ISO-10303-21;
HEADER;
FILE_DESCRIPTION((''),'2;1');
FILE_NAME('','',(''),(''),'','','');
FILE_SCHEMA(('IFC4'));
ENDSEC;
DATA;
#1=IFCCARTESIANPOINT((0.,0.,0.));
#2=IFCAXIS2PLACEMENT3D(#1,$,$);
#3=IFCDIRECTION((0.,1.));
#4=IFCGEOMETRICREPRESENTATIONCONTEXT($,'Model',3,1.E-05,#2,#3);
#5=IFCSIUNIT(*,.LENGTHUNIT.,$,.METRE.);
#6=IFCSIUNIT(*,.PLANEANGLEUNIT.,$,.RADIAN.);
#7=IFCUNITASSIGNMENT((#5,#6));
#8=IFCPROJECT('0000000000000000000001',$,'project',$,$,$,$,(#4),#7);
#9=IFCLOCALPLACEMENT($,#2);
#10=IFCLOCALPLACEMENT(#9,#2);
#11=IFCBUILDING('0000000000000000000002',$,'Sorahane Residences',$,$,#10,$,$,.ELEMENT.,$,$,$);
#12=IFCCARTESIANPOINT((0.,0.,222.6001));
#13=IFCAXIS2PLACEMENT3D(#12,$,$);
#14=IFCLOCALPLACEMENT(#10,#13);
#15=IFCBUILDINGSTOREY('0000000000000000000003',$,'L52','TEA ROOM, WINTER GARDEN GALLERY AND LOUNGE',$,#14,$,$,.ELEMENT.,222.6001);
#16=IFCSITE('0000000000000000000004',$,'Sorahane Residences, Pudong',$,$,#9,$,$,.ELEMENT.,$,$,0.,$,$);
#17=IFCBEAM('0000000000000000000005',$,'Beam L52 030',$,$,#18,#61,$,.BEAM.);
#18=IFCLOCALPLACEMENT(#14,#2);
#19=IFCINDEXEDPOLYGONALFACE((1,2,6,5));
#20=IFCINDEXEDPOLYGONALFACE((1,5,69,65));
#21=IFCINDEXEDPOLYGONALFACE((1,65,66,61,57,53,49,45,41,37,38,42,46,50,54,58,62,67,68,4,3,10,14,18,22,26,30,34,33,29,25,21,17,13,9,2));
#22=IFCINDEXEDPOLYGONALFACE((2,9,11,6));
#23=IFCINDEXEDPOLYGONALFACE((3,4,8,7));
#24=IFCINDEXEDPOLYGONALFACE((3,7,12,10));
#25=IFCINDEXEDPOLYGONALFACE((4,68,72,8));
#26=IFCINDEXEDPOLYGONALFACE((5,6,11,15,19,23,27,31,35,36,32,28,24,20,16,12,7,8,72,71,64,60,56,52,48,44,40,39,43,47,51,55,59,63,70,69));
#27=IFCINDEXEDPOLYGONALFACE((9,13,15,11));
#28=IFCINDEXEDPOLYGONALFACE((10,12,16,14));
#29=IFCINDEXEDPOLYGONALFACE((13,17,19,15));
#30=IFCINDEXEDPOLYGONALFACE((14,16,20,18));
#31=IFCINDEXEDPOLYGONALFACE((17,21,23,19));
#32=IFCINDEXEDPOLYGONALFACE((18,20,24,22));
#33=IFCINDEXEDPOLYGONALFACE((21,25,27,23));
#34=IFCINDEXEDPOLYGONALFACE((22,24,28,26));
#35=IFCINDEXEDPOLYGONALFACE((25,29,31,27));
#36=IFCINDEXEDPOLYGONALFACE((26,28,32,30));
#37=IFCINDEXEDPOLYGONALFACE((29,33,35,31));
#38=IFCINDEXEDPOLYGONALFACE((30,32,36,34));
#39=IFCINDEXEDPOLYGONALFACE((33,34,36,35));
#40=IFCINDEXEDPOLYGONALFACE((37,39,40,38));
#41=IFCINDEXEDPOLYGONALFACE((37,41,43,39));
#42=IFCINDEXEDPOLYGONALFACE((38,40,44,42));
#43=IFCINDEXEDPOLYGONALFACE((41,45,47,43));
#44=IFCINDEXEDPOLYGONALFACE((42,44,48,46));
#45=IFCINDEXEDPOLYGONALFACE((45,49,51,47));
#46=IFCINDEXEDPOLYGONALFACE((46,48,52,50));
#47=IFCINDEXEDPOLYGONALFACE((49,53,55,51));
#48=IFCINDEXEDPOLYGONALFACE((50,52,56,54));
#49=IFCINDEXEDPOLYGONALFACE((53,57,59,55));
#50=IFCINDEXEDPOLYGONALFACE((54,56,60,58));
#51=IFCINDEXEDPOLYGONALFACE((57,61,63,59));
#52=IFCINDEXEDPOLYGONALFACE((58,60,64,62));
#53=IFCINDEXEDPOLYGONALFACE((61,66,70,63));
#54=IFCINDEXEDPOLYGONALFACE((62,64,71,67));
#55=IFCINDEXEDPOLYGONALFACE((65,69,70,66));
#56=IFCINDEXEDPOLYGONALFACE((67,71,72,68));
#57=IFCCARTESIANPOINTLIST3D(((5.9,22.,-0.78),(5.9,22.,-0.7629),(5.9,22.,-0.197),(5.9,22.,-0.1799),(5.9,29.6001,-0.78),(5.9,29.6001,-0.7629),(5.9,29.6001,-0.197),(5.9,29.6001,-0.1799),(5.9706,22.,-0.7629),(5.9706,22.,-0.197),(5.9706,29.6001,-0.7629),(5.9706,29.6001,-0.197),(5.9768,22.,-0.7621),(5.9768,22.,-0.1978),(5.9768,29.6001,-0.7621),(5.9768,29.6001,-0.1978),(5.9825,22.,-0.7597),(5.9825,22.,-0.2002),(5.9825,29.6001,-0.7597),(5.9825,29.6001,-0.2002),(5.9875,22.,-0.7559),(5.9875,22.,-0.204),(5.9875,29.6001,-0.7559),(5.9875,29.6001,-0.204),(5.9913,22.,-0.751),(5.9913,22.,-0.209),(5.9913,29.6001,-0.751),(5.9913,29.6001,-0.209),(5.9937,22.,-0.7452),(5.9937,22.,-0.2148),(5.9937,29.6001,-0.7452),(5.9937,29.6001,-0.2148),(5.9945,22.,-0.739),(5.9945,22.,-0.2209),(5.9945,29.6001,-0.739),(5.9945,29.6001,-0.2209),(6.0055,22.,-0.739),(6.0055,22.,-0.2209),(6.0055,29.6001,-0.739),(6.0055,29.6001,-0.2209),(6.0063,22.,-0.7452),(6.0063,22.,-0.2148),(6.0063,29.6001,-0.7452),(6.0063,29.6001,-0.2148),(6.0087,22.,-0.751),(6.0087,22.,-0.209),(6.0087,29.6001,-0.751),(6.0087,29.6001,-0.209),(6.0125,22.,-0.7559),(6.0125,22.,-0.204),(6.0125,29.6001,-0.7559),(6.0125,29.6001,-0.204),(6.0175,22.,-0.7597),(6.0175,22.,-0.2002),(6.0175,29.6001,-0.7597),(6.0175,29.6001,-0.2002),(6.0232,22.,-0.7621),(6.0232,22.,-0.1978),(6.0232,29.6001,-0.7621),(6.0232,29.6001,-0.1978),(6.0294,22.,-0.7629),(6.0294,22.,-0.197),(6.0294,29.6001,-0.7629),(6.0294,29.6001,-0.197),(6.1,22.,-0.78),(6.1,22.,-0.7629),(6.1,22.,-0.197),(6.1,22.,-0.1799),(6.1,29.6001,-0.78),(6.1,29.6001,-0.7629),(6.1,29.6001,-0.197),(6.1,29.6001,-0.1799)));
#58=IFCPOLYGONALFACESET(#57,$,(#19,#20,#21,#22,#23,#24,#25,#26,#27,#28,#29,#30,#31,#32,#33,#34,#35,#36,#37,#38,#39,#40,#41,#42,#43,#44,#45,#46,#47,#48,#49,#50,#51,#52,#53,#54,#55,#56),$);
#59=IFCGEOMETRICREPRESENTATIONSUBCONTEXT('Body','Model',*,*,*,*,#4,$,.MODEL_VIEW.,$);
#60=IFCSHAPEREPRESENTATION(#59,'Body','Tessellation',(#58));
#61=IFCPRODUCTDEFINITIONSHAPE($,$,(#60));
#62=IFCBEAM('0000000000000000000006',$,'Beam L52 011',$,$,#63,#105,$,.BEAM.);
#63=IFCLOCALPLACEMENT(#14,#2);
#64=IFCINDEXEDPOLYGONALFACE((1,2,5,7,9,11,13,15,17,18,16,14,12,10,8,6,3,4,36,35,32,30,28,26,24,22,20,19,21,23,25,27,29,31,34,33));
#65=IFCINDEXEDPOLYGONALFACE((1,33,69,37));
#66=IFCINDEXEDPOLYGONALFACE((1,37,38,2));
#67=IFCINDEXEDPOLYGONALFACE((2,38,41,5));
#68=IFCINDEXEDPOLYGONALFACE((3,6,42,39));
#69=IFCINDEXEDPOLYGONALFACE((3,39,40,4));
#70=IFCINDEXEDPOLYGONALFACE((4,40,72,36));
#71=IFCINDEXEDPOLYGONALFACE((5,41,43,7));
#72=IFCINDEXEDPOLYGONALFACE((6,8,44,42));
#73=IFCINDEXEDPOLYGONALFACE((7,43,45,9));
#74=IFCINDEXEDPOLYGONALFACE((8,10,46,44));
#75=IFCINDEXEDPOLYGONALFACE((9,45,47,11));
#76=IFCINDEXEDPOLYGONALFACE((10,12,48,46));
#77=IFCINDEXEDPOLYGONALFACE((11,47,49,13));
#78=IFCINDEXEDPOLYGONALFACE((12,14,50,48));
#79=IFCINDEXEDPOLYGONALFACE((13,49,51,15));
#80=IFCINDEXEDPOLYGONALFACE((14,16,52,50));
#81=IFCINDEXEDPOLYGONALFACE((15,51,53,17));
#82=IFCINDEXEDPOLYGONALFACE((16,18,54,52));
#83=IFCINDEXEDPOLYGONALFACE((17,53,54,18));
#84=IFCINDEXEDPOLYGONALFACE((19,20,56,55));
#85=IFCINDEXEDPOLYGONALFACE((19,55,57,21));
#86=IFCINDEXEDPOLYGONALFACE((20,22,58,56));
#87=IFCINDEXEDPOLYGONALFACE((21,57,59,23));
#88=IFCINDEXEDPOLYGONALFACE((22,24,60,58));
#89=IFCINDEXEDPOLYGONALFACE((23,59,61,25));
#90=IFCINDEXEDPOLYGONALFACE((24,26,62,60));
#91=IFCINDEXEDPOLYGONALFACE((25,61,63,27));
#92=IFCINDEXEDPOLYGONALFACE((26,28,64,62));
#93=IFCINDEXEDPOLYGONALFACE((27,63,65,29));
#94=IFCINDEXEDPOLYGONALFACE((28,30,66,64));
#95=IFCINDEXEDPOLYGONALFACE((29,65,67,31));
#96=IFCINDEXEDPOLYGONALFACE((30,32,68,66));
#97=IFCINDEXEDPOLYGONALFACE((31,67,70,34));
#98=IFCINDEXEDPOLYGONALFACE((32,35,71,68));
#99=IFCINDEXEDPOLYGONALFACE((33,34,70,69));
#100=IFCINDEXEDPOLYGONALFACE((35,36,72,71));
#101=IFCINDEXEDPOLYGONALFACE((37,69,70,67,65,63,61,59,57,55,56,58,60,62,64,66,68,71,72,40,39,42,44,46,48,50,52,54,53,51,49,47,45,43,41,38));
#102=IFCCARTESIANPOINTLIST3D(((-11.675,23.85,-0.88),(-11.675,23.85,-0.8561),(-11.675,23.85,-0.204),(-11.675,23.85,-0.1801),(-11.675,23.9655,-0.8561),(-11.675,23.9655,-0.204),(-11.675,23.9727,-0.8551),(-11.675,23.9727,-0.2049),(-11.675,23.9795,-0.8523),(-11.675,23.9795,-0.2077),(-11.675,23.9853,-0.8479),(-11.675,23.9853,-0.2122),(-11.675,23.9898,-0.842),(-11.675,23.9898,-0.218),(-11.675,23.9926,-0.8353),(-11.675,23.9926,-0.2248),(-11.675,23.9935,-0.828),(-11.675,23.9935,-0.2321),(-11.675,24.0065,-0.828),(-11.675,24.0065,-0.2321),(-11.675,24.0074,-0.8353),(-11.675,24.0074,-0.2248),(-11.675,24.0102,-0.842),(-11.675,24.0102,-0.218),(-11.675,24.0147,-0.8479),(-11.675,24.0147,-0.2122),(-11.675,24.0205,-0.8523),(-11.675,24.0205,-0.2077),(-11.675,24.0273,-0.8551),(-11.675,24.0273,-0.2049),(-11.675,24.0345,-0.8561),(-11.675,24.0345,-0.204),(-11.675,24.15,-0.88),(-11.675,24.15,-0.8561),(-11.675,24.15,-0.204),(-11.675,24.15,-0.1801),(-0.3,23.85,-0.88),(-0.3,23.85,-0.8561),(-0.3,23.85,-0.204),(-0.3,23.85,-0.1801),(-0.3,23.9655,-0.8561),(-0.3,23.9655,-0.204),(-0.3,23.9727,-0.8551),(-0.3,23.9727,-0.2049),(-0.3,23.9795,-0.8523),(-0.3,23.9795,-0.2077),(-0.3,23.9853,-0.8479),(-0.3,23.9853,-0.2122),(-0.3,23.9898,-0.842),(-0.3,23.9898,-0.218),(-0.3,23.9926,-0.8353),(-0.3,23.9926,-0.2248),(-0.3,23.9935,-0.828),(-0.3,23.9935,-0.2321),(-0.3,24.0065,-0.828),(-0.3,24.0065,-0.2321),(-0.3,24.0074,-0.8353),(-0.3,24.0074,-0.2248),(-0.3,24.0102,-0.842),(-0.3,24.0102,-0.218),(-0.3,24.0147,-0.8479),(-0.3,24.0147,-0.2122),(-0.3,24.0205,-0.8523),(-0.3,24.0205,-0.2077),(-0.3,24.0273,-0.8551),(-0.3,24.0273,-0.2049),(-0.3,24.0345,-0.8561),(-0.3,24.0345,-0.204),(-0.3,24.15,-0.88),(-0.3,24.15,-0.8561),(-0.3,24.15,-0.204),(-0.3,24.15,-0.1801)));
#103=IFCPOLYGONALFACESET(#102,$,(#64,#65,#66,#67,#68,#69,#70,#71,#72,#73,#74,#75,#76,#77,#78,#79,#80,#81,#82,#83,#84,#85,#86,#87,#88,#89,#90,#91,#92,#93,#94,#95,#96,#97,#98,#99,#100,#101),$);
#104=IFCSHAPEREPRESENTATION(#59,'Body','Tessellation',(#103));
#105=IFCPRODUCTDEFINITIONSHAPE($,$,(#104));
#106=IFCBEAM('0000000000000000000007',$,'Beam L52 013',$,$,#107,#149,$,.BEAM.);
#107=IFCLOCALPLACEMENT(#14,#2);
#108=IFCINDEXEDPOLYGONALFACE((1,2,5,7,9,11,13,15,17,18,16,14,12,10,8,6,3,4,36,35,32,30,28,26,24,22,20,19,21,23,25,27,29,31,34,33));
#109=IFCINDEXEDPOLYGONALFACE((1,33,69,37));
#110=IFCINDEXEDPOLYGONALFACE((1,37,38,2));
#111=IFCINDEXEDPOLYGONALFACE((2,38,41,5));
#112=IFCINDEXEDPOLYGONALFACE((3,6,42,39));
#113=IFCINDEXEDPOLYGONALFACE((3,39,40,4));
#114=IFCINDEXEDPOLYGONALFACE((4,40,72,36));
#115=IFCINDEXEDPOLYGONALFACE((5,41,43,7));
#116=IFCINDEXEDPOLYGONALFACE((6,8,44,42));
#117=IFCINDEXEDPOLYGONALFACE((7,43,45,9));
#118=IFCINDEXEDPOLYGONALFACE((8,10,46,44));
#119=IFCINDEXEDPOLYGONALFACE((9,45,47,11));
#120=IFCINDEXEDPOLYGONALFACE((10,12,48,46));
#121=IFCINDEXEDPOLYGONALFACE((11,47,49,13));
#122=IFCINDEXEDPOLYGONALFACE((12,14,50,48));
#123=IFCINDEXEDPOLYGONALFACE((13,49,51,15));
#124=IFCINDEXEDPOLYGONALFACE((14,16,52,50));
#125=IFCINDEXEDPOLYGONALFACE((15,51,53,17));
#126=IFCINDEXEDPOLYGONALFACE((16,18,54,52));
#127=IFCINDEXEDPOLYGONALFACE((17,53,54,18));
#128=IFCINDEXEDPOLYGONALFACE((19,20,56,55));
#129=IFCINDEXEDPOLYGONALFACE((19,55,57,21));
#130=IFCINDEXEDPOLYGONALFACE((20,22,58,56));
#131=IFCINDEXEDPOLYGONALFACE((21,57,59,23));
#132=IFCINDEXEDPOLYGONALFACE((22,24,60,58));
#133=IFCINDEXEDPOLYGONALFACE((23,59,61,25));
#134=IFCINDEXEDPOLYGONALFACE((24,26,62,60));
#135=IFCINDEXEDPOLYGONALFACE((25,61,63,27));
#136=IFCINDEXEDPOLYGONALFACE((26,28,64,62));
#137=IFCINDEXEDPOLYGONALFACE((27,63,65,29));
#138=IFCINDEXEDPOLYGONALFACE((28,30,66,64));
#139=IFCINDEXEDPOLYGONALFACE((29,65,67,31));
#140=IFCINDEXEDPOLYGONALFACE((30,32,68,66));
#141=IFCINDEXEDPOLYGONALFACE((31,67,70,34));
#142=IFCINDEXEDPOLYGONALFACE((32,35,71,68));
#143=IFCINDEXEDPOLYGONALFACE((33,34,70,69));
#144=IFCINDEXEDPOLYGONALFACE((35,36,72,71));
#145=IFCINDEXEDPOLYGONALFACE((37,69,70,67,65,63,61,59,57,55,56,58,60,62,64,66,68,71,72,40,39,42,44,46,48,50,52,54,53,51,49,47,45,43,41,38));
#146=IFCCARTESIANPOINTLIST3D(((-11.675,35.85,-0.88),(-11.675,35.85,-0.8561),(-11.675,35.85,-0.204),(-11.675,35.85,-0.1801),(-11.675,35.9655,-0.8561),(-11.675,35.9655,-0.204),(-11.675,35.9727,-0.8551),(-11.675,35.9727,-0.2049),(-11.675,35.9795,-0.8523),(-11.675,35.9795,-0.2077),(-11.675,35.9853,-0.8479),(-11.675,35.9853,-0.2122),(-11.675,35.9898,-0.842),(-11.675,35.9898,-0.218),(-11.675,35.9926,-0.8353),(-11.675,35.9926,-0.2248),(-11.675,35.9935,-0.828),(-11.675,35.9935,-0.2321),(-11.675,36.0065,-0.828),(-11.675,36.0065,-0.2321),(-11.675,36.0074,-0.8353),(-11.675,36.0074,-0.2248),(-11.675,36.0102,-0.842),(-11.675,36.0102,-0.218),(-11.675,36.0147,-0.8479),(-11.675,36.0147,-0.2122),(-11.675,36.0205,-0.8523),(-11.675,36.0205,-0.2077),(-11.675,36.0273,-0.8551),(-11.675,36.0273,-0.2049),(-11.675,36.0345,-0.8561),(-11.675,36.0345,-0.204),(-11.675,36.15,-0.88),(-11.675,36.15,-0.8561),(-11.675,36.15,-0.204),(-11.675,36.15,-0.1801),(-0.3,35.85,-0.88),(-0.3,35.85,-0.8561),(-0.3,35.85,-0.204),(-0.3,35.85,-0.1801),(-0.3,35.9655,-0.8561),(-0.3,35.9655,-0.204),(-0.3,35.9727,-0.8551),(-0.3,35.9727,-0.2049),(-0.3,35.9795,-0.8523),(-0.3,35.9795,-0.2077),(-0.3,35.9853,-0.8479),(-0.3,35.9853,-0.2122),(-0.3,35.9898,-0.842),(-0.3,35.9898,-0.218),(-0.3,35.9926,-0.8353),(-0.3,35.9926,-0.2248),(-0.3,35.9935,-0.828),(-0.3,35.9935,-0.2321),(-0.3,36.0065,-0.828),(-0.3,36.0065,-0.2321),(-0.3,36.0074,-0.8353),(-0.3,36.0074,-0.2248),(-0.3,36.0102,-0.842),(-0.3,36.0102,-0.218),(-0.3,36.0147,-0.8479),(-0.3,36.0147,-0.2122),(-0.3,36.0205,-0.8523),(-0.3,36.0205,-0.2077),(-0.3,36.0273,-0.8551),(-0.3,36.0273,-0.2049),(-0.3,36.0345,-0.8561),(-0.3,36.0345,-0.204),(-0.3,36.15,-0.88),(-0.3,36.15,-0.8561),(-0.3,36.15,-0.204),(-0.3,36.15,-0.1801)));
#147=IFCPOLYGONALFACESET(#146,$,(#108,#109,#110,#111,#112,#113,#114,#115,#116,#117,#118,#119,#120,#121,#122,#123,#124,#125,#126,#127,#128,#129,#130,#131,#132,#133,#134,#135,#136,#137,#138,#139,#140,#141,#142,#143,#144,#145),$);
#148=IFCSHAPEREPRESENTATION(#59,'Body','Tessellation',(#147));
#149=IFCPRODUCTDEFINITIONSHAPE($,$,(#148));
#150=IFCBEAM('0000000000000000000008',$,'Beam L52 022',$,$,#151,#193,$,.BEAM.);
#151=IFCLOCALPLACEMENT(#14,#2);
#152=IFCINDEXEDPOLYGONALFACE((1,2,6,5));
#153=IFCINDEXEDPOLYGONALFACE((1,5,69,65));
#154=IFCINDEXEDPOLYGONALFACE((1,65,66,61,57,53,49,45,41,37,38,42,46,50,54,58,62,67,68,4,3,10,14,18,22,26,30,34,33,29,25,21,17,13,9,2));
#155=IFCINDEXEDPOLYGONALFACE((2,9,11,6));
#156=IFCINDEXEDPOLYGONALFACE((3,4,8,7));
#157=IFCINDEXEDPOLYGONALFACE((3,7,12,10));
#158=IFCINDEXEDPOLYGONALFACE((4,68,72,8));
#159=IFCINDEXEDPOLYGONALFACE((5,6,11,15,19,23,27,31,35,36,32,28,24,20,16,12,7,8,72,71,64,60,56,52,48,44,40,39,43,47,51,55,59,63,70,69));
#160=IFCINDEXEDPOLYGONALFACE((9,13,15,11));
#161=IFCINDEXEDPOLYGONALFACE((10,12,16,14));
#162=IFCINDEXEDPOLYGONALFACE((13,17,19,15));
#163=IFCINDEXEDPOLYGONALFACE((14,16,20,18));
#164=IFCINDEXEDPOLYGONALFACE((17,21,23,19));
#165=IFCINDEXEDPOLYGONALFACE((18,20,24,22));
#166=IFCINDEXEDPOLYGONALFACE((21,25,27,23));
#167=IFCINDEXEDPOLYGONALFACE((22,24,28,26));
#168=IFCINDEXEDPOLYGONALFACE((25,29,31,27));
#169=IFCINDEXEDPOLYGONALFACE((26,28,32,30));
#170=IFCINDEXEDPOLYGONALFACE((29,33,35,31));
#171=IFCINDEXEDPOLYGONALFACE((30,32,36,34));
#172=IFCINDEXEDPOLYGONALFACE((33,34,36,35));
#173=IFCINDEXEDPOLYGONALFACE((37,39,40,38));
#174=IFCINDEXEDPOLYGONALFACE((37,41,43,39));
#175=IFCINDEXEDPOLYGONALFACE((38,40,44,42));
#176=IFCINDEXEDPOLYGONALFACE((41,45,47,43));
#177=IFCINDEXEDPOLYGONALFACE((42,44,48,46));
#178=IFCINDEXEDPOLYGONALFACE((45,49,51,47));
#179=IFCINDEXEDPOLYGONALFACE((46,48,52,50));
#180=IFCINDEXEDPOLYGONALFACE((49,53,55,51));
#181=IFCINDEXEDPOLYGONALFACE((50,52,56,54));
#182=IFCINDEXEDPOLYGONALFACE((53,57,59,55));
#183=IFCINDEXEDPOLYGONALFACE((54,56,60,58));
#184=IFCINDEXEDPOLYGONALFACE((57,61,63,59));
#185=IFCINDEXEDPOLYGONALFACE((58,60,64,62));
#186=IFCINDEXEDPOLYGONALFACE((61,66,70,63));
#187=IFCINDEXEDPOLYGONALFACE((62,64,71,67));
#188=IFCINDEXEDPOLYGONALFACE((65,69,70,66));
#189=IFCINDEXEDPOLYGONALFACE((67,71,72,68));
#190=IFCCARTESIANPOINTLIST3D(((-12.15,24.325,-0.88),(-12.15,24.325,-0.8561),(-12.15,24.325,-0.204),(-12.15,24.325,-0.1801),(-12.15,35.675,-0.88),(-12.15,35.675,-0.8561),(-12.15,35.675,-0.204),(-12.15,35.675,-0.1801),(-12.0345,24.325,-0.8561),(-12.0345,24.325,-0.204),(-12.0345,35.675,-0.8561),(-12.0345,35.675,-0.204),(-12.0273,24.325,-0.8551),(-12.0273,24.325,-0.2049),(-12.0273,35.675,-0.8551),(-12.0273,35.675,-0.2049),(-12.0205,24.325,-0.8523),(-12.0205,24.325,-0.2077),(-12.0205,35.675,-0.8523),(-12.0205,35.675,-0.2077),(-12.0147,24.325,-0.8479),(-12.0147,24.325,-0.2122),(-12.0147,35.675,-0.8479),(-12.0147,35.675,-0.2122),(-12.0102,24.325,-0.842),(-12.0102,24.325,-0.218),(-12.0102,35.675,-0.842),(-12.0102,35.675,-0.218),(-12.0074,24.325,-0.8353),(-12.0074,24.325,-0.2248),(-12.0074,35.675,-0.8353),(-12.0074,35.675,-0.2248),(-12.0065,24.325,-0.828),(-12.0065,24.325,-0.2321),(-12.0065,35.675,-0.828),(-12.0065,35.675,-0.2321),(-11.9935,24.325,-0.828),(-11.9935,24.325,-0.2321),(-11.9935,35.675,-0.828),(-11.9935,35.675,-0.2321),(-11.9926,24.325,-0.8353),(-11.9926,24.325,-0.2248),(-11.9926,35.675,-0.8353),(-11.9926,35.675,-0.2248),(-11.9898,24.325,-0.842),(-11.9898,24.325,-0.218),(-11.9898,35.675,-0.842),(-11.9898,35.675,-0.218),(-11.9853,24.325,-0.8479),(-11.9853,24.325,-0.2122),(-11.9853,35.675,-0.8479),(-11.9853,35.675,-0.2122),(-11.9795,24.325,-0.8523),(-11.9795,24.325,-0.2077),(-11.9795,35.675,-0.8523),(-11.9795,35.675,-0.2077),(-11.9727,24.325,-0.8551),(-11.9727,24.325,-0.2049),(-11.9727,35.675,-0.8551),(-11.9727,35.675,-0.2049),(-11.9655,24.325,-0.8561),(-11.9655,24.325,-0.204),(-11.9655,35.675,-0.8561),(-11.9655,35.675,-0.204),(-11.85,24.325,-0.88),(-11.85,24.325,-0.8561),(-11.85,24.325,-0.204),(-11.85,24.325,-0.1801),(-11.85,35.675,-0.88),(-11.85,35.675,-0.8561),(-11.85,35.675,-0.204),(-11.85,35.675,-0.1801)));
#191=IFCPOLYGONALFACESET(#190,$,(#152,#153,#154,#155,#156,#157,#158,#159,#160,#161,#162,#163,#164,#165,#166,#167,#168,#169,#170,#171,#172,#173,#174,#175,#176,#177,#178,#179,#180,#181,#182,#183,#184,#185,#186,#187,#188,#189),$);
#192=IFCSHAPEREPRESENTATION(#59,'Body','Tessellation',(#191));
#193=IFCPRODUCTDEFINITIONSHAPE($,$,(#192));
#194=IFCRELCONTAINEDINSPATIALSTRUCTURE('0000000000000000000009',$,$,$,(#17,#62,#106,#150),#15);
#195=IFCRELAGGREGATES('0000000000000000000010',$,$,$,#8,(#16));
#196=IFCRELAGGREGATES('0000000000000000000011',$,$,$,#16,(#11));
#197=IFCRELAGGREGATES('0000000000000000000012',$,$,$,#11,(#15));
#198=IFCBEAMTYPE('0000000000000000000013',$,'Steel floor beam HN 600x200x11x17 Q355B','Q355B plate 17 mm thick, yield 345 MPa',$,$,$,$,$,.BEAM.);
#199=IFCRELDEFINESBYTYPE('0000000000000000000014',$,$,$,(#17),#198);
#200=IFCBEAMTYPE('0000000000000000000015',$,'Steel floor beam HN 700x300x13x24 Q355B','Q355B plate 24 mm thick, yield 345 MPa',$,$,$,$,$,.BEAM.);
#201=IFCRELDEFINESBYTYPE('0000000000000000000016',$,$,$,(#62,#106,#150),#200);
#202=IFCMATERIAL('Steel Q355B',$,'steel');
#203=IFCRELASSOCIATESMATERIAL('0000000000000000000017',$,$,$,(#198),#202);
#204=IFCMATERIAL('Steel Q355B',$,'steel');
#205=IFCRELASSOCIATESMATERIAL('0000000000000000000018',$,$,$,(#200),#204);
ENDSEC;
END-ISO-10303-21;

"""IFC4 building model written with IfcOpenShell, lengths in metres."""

from ifc_helpers import new_model, si_unit, direction, frame, origin, origin_2d, place, context, subcontext, project, spatial, i_section, extrude, material, material_profile, profile_set, type_object, element, save


model = new_model("IFC4")

# Units and contexts
model_context = context("Model", 3, precision=1e-05, world=origin(), true_north=direction((0.0, 1.0)))
body_context = subcontext(model_context, "Body", "Model", "MODEL_VIEW")
ifc_project = project(units=[si_unit("LENGTHUNIT", "METRE"), si_unit("PLANEANGLEUNIT", "RADIAN")], contexts=[model_context])

# Site, building, storey
site_placement = place(None, origin())
site = spatial("IfcSite", under=ifc_project, at=site_placement, Name="Sorahane Residences, Pudong", CompositionType="ELEMENT", RefElevation=0.0)
building_placement = place(site_placement, origin())
building = spatial("IfcBuilding", under=site, at=building_placement, Name="Sorahane Residences", CompositionType="ELEMENT")
storey_placement = place(building_placement, frame((0.0, 0.0, 222.6001)))
storey = spatial("IfcBuildingStorey", under=building, at=storey_placement, Name="L52", Description="TEA ROOM, WINTER GARDEN GALLERY AND LOUNGE", CompositionType="ELEMENT", Elevation=222.6001)

# Beams
ifc_material_1 = material(Name="Steel Q355B", Category="steel")
ifc_material_profile_1 = material_profile(ifc_material_1, i_section(OverallWidth=0.2, OverallDepth=0.6001, WebThickness=0.011, FlangeThickness=0.0171, FilletRadius=0.0239, at=origin_2d()), Name="HN 600x200x11x17")
ifc_profile_set_1 = profile_set([ifc_material_profile_1], Name="Steel Q355B")
beam_type_1 = type_object("IfcBeamType", Name="Steel floor beam HN 600x200x11x17 Q355B", Description="Q355B plate 17 mm thick, yield 345 MPa", PredefinedType="BEAM", material=ifc_profile_set_1)
beam_1_placement = place(storey_placement, frame((6.0, 22.0, -0.48), z_axis=(0.0, 1.0, 0.0), x_axis=(-1.0, 0.0, 0.0)))
element("IfcBeam", 1, at=beam_1_placement, inside=storey, type_object=beam_type_1, Name="Beam L52 030", PredefinedType="BEAM", context=body_context, shape_type="SweptSolid", body=[
    extrude(i_section(OverallWidth=0.2, OverallDepth=0.6001, WebThickness=0.011, FlangeThickness=0.0171, FilletRadius=0.0239, at=origin_2d()), origin(), (0.0, 0.0, 1.0), 7.6001),
])
ifc_material_2 = material(Name="Steel Q355B", Category="steel")
ifc_material_profile_2 = material_profile(ifc_material_2, i_section(OverallWidth=0.3, OverallDepth=0.7, WebThickness=0.0129, FlangeThickness=0.0239, FilletRadius=0.0281, at=origin_2d()), Name="HN 700x300x13x24")
ifc_profile_set_2 = profile_set([ifc_material_profile_2], Name="Steel Q355B")
beam_type_2 = type_object("IfcBeamType", Name="Steel floor beam HN 700x300x13x24 Q355B", Description="Q355B plate 24 mm thick, yield 345 MPa", PredefinedType="BEAM", material=ifc_profile_set_2)
for number, where, z_axis, x_axis, name in (
    (2, (-11.675, 24.0, -0.53), (1.0, 0.0, 0.0), (0.0, 1.0, 0.0), "Beam L52 011"),
    (3, (-11.675, 36.0, -0.53), (1.0, 0.0, 0.0), (0.0, 1.0, 0.0), "Beam L52 013"),
):
    element("IfcBeam", number, at=place(storey_placement, frame(where, z_axis=z_axis, x_axis=x_axis)), inside=storey, type_object=beam_type_2, Name=name, PredefinedType="BEAM", context=body_context, shape_type="SweptSolid", body=[
        extrude(i_section(OverallWidth=0.3, OverallDepth=0.7, WebThickness=0.0129, FlangeThickness=0.0239, FilletRadius=0.0281, at=origin_2d()), origin(), (0.0, 0.0, 1.0), 11.375),
    ])
beam_2_placement = place(storey_placement, frame((-12.0, 24.325, -0.53), z_axis=(0.0, 1.0, 0.0), x_axis=(-1.0, 0.0, 0.0)))
element("IfcBeam", 4, at=beam_2_placement, inside=storey, type_object=beam_type_2, Name="Beam L52 022", PredefinedType="BEAM", context=body_context, shape_type="SweptSolid", body=[
    extrude(i_section(OverallWidth=0.3, OverallDepth=0.7, WebThickness=0.0129, FlangeThickness=0.0239, FilletRadius=0.0281, at=origin_2d()), origin(), (0.0, 0.0, 1.0), 11.3501),
])

save(model, "model.ifc")
